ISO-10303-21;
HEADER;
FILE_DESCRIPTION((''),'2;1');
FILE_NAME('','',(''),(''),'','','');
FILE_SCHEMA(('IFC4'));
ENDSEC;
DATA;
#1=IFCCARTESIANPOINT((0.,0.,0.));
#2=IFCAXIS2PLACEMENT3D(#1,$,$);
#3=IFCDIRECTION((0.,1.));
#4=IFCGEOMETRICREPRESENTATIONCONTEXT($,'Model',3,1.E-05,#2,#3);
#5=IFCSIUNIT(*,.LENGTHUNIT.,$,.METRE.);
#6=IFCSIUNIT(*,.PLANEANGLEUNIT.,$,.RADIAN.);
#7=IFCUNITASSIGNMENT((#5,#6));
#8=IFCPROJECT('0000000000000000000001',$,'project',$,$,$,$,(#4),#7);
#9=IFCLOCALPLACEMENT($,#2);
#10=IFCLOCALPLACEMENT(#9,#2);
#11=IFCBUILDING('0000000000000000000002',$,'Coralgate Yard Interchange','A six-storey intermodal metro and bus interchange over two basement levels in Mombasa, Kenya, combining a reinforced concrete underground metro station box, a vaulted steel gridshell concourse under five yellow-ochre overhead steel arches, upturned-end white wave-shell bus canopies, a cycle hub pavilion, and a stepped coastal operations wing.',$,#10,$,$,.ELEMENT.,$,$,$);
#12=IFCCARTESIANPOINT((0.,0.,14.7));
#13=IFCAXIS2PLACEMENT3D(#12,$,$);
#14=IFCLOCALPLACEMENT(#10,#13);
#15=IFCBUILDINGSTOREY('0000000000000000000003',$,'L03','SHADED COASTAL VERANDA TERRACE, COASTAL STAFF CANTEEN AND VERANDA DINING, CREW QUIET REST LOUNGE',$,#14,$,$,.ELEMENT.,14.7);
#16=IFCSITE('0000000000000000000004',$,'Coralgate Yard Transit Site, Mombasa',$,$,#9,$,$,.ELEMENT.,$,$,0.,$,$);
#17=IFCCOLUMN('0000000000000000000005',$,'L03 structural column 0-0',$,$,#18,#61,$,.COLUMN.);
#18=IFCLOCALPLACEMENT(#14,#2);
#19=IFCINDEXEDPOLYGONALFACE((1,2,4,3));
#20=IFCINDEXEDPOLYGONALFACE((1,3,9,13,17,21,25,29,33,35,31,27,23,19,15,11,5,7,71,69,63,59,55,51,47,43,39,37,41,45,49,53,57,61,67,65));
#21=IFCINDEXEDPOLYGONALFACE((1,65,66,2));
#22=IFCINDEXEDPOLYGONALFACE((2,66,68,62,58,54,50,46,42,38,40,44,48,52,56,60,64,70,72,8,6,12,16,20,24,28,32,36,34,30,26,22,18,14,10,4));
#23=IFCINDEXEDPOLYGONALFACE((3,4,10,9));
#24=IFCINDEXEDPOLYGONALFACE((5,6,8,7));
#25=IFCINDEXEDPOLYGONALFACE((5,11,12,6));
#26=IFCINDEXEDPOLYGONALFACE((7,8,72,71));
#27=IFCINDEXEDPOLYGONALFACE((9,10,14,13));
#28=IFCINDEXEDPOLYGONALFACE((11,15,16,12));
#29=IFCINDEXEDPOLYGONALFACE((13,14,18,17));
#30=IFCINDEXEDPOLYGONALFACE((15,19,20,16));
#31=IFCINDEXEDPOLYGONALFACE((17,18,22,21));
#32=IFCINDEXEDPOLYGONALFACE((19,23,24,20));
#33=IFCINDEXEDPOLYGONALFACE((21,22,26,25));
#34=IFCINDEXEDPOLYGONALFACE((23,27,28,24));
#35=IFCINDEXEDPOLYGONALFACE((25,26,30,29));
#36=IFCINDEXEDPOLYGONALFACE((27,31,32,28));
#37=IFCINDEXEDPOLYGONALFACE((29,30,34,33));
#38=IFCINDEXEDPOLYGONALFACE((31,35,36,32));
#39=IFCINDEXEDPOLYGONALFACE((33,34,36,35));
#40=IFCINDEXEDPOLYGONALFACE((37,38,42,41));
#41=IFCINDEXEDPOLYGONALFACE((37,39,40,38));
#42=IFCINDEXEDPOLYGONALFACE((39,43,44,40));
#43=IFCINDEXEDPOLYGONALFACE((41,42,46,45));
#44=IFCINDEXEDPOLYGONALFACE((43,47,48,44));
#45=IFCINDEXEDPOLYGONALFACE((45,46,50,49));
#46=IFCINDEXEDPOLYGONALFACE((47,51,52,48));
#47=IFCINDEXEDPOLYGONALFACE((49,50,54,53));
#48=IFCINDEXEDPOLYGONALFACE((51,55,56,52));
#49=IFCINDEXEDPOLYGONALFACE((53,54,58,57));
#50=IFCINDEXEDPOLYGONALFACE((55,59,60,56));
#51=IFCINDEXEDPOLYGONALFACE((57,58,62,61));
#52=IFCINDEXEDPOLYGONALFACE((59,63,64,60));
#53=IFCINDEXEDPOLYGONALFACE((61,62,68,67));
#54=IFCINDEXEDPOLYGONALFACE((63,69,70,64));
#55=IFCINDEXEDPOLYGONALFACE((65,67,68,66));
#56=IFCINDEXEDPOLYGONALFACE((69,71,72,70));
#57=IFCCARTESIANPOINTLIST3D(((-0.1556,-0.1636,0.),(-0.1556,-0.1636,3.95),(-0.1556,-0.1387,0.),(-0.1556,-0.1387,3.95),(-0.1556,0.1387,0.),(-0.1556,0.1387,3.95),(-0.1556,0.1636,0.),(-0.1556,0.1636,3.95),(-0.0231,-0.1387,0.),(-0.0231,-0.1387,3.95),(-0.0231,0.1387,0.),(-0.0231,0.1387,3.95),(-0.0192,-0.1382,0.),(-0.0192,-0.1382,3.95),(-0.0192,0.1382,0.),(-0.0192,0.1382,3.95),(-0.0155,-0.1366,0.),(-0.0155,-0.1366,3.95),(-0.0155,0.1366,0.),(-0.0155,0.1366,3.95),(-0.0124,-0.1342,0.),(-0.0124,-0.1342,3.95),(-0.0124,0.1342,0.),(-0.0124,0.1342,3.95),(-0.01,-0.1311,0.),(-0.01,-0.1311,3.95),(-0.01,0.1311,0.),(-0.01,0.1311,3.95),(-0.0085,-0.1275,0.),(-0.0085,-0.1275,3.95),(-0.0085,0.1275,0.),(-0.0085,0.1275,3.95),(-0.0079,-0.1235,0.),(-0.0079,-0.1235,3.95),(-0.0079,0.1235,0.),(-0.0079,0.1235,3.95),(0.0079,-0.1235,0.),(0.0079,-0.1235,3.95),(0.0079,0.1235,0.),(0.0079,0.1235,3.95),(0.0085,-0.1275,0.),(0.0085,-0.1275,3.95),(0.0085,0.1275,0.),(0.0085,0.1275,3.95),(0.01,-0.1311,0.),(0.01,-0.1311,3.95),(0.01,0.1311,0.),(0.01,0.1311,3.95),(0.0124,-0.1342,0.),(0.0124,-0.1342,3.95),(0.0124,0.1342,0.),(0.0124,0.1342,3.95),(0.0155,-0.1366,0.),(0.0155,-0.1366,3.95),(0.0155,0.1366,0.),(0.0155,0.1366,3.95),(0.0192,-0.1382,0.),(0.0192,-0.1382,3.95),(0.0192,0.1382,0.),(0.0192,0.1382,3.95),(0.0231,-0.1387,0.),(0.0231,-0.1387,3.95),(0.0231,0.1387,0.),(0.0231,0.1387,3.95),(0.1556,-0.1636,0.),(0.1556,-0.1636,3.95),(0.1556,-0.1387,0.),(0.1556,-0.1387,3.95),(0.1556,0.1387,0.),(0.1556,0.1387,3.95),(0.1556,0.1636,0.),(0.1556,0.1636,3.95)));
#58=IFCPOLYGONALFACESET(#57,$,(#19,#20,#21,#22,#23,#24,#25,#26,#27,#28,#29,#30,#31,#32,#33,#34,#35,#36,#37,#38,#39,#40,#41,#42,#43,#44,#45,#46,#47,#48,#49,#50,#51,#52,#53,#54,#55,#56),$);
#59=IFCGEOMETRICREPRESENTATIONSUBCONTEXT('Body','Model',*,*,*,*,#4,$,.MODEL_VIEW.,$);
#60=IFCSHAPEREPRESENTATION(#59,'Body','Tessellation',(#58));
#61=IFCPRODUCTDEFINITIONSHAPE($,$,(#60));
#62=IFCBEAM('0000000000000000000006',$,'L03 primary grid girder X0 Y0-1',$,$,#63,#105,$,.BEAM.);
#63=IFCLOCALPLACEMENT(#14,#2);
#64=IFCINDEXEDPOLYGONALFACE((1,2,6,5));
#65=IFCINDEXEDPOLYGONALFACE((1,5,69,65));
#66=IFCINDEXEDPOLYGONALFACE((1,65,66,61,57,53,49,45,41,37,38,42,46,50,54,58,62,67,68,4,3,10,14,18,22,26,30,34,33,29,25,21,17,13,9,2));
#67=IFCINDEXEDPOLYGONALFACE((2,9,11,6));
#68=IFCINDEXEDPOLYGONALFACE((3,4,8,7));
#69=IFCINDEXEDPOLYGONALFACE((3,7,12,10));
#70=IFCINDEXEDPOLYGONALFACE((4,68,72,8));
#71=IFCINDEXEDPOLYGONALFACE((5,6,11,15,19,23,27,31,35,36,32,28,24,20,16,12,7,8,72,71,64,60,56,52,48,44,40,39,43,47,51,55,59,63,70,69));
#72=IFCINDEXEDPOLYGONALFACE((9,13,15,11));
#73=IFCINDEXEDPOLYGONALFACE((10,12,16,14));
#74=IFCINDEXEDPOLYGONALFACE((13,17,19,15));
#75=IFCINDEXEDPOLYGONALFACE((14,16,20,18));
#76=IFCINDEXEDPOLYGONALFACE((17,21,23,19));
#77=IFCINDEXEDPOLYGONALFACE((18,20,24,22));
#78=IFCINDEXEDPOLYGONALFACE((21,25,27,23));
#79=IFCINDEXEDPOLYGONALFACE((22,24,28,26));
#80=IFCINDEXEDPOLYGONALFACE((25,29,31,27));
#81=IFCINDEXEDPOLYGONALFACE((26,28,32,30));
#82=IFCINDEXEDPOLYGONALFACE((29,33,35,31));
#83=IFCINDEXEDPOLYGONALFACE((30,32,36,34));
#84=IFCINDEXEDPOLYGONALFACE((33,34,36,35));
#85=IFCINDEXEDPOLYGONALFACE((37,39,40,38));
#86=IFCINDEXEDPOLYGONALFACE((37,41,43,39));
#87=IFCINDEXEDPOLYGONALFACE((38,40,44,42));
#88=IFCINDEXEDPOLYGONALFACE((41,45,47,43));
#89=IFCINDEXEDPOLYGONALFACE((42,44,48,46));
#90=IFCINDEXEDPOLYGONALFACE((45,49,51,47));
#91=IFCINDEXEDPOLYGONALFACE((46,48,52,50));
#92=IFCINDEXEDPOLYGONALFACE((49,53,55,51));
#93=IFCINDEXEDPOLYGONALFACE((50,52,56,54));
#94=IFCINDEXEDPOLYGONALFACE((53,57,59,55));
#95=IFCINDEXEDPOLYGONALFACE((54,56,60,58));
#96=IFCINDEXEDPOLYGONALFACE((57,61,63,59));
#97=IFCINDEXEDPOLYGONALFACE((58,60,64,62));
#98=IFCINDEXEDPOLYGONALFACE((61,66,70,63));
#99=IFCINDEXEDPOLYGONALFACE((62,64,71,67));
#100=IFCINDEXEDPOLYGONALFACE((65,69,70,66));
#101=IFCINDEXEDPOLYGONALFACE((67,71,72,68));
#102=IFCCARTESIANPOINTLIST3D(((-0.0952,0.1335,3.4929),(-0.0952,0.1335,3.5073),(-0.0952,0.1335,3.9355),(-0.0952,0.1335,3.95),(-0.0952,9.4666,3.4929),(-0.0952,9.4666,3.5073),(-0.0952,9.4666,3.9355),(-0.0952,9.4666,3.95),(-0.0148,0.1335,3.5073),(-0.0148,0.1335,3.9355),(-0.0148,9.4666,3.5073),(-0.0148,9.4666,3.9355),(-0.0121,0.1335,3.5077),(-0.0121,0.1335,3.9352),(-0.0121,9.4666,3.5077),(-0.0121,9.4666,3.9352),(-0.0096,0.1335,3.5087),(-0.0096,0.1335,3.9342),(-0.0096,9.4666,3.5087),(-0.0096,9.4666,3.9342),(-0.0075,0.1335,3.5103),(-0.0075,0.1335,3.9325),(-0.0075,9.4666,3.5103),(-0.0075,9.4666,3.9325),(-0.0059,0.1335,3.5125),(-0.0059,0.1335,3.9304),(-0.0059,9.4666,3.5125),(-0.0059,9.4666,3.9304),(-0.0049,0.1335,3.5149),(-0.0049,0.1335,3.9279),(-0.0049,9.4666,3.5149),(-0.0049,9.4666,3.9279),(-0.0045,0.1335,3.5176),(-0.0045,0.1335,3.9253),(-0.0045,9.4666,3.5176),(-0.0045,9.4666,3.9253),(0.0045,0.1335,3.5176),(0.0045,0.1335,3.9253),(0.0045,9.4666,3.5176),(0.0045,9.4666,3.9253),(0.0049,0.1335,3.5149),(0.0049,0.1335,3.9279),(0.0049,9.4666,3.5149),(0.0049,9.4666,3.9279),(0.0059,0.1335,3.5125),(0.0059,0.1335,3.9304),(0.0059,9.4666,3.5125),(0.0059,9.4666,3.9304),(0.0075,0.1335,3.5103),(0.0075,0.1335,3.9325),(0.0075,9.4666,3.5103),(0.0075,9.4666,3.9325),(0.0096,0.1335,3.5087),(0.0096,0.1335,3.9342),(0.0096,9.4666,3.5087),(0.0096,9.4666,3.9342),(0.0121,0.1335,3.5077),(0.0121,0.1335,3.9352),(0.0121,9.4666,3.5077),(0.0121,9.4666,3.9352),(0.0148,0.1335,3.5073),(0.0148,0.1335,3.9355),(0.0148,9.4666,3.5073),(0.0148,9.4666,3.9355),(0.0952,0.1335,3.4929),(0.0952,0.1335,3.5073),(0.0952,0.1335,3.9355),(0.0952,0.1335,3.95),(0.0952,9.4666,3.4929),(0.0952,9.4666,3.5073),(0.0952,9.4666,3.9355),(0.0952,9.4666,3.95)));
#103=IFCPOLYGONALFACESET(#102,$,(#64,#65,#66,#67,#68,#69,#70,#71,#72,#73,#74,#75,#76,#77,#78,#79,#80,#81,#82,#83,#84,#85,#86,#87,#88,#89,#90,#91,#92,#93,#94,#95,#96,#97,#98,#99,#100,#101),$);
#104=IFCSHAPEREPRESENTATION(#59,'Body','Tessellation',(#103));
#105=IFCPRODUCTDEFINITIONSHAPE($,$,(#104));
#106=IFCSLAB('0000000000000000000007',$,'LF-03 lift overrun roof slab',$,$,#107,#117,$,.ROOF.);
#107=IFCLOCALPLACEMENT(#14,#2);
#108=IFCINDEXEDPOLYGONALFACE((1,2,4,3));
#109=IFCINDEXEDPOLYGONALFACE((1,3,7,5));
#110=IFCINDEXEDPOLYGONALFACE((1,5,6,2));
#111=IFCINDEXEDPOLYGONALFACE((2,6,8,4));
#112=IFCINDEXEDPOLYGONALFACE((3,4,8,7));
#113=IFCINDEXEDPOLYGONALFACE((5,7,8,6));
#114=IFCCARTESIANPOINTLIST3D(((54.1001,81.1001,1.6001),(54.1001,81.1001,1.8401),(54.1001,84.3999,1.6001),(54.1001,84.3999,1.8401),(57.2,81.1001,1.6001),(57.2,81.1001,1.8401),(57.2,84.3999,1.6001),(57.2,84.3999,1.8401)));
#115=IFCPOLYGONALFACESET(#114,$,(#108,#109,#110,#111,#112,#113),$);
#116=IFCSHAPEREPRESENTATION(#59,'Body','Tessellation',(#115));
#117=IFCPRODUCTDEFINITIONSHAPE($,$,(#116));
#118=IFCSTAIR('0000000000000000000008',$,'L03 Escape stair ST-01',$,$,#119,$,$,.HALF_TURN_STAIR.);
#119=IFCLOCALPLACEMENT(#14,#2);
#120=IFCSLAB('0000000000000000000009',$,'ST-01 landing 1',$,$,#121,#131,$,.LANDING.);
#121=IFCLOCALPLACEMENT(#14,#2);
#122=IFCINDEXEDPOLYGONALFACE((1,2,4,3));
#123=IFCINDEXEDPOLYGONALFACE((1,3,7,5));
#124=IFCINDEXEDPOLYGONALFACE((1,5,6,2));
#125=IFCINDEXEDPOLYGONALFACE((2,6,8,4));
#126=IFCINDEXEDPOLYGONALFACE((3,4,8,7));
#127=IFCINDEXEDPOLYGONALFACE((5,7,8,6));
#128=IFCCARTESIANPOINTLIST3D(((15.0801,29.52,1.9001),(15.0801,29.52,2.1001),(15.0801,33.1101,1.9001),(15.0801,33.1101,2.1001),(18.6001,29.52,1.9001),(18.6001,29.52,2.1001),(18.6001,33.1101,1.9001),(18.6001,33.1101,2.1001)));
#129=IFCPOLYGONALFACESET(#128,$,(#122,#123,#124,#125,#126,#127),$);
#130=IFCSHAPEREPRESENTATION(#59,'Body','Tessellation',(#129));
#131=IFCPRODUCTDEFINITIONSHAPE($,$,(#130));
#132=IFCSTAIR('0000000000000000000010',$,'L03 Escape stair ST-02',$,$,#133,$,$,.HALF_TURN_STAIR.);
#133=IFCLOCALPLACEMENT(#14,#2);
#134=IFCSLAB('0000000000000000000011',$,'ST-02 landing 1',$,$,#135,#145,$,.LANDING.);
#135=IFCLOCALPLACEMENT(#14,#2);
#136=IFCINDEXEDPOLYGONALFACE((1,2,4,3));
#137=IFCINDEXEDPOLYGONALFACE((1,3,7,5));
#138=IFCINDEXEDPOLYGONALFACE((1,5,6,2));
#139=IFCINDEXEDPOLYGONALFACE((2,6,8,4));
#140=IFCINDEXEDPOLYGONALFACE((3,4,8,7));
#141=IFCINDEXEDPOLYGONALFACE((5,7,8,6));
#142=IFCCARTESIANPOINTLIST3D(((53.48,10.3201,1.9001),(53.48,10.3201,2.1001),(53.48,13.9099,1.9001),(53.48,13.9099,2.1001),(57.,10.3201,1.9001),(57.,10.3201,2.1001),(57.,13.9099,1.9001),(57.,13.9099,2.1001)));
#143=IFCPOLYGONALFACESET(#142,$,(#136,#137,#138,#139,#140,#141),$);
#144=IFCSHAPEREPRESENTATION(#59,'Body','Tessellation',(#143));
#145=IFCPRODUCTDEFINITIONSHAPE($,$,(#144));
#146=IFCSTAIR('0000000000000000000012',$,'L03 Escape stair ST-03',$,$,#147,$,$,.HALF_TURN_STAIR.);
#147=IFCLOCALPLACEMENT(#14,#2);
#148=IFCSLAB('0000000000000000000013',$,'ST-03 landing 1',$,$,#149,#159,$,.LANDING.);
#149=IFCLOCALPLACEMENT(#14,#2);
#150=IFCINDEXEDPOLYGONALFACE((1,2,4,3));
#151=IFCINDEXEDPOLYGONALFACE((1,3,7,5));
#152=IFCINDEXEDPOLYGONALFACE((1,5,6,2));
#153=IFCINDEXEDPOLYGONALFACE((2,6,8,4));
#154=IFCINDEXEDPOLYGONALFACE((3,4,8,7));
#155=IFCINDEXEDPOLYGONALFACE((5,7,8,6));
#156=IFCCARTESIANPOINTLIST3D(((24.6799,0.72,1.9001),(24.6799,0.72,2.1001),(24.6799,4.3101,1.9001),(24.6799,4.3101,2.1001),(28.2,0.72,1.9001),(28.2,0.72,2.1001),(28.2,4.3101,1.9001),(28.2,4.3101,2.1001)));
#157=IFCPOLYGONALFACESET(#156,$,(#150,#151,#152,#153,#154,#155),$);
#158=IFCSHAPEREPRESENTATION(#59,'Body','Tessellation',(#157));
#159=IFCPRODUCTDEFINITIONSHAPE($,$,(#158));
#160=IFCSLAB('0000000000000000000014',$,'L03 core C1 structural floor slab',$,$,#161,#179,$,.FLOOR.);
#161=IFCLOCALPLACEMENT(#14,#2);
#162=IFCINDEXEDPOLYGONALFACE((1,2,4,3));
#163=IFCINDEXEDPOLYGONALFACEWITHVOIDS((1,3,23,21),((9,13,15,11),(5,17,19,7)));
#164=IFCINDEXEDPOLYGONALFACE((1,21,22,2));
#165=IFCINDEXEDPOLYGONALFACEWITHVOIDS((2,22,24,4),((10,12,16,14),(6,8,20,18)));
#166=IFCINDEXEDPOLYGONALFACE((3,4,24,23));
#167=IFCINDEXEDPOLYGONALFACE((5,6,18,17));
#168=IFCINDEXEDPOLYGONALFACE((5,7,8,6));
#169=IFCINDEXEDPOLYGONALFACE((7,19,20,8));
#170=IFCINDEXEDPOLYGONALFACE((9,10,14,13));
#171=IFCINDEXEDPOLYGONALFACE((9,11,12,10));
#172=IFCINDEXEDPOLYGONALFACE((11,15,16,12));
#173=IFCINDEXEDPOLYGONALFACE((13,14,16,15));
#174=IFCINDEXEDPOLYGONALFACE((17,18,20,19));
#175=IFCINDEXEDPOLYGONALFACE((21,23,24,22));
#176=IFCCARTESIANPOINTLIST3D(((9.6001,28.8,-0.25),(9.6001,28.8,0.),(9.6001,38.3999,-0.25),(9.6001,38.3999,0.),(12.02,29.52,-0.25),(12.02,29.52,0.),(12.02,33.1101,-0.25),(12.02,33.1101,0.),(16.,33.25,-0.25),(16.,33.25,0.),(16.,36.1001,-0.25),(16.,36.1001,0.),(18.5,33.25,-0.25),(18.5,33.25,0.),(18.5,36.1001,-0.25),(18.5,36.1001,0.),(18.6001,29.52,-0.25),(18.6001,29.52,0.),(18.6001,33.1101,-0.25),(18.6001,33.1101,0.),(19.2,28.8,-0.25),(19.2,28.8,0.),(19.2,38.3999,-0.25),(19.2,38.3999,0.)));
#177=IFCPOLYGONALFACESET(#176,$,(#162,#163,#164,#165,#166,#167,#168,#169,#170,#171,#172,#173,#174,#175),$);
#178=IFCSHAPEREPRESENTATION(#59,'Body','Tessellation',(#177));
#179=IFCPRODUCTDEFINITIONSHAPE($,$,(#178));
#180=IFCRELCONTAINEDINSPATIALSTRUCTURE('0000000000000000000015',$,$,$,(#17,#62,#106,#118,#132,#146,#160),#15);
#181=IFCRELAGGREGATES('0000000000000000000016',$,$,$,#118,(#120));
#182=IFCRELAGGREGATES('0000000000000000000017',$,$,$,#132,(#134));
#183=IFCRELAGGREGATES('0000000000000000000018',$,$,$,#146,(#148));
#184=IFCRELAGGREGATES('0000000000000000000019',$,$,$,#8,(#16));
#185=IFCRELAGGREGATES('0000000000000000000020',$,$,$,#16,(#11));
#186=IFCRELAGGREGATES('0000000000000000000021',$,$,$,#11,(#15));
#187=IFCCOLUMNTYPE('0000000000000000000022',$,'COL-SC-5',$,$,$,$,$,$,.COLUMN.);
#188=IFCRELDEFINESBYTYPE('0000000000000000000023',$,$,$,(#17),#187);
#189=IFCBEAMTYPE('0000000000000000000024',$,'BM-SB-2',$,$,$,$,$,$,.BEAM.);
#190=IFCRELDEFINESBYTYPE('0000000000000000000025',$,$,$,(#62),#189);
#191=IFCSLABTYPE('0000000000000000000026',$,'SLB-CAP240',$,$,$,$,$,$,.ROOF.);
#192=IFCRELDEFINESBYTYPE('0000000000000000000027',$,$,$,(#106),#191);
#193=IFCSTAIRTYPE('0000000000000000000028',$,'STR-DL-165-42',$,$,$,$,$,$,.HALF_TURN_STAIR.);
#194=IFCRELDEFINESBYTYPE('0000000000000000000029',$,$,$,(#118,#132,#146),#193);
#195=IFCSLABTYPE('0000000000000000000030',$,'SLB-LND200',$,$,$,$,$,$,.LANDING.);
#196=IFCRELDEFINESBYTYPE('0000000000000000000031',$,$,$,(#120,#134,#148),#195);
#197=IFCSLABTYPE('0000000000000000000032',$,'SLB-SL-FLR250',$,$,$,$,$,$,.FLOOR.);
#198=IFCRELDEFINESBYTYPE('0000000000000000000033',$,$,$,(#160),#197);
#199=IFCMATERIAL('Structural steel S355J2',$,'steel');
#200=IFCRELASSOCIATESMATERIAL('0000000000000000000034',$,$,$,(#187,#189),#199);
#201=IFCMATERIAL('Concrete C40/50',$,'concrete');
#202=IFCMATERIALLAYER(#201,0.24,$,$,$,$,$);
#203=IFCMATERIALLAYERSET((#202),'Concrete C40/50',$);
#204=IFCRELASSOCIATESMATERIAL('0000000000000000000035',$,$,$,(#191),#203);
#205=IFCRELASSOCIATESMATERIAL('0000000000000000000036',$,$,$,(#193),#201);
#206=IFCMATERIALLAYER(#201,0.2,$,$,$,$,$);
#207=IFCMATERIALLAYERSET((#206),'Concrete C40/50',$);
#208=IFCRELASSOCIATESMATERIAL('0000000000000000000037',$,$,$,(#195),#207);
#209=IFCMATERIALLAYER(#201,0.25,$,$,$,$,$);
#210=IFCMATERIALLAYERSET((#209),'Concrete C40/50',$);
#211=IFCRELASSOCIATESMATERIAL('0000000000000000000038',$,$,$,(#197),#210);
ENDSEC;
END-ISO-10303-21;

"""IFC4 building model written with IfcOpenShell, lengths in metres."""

from ifc_helpers import new_model, si_unit, direction, frame, origin, origin_with_axes, origin_2d, place, context, subcontext, project, spatial, polyline, i_section, outline, extrude, material, layer, layer_set, material_profile, profile_set, type_object, element, aggregate, save


model = new_model("IFC4")

# Units and contexts
model_context = context("Model", 3, precision=1e-05, world=origin(), true_north=direction((0.0, 1.0)))
body_context = subcontext(model_context, "Body", "Model", "MODEL_VIEW")
ifc_project = project(units=[si_unit("LENGTHUNIT", "METRE"), si_unit("PLANEANGLEUNIT", "RADIAN")], contexts=[model_context])

# Site, building, storey
site_placement = place(None, origin())
site = spatial("IfcSite", under=ifc_project, at=site_placement, Name="Coralgate Yard Transit Site, Mombasa", CompositionType="ELEMENT", RefElevation=0.0)
building_placement = place(site_placement, origin())
building = spatial("IfcBuilding", under=site, at=building_placement, Name="Coralgate Yard Interchange", Description="A six-storey intermodal metro and bus interchange over two basement levels in Mombasa, Kenya, combining a reinforced concrete underground metro station box, a vaulted steel gridshell concourse under five yellow-ochre overhead steel arches, upturned-end white wave-shell bus canopies, a cycle hub pavilion, and a stepped coastal operations wing.", CompositionType="ELEMENT")
storey_placement = place(building_placement, frame((0.0, 0.0, 14.7)))
storey = spatial("IfcBuildingStorey", under=building, at=storey_placement, Name="L03", Description="SHADED COASTAL VERANDA TERRACE, COASTAL STAFF CANTEEN AND VERANDA DINING, CREW QUIET REST LOUNGE", CompositionType="ELEMENT", Elevation=14.7)

# Column
ifc_material_1 = material(Name="Structural steel S355J2", Category="steel")
ifc_material_profile_1 = material_profile(ifc_material_1, i_section(OverallWidth=0.3113, OverallDepth=0.3271, WebThickness=0.0159, FlangeThickness=0.0249, FilletRadius=0.0151, at=origin_2d()), Name="UC 305x305x158")
ifc_profile_set_1 = profile_set([ifc_material_profile_1], Name="Structural steel S355J2")
column_type = type_object("IfcColumnType", Name="COL-SC-5", PredefinedType="COLUMN", material=ifc_profile_set_1)
column_placement = place(storey_placement, origin_with_axes())
element("IfcColumn", 1, at=column_placement, inside=storey, type_object=column_type, Name="L03 structural column 0-0", PredefinedType="COLUMN", context=body_context, shape_type="SweptSolid", body=[
    extrude(i_section(OverallWidth=0.3113, OverallDepth=0.3271, WebThickness=0.0159, FlangeThickness=0.0249, FilletRadius=0.0151, at=origin_2d()), origin(), (0.0, 0.0, 1.0), 3.95),
])

# Beam
ifc_material_profile_2 = material_profile(ifc_material_1, i_section(OverallWidth=0.1904, OverallDepth=0.457, WebThickness=0.009, FlangeThickness=0.0144, FilletRadius=0.0103, at=origin_2d()), Name="UB 457x191x74")
ifc_profile_set_2 = profile_set([ifc_material_profile_2], Name="Structural steel S355J2")
beam_type = type_object("IfcBeamType", Name="BM-SB-2", PredefinedType="BEAM", material=ifc_profile_set_2)
beam_placement = place(storey_placement, frame((0.0, 0.1335, 3.7214), z_axis=(0.0, 1.0, 0.0), x_axis=(-1.0, 0.0, 0.0)))
element("IfcBeam", 2, at=beam_placement, inside=storey, type_object=beam_type, Name="L03 primary grid girder X0 Y0-1", PredefinedType="BEAM", context=body_context, shape_type="SweptSolid", body=[
    extrude(i_section(OverallWidth=0.1904, OverallDepth=0.457, WebThickness=0.009, FlangeThickness=0.0144, FilletRadius=0.0103, at=origin_2d()), origin(), (0.0, 0.0, 1.0), 9.333),
])

# Slab
ifc_material_2 = material(Name="Concrete C40/50", Category="concrete")
ifc_layer_1 = layer(ifc_material_2, 0.24)
ifc_layer_set_1 = layer_set([ifc_layer_1], Name="Concrete C40/50")
slab_type_1 = type_object("IfcSlabType", Name="SLB-CAP240", PredefinedType="ROOF", material=ifc_layer_set_1)
slab_1_placement = place(storey_placement, frame((0.0, 0.0, 1.6001)))
element("IfcSlab", 3, at=slab_1_placement, inside=storey, type_object=slab_type_1, Name="LF-03 lift overrun roof slab", PredefinedType="ROOF", context=body_context, shape_type="SweptSolid", body=[
    extrude(outline(polyline([(54.1001, 81.1001), (57.2, 81.1001), (57.2, 84.3999), (54.1001, 84.3999), (54.1001, 81.1001)])), origin(), (0.0, 0.0, 1.0), 0.24),
])

# Stairs, slabs
stair_type = type_object("IfcStairType", Name="STR-DL-165-42", PredefinedType="HALF_TURN_STAIR", material=ifc_material_2)
stair_1_placement = place(storey_placement, origin())
stair_1 = element("IfcStair", 4, at=stair_1_placement, inside=storey, type_object=stair_type, Name="L03 Escape stair ST-01", PredefinedType="HALF_TURN_STAIR")
ifc_layer_2 = layer(ifc_material_2, 0.2)
ifc_layer_set_2 = layer_set([ifc_layer_2], Name="Concrete C40/50")
slab_type_2 = type_object("IfcSlabType", Name="SLB-LND200", PredefinedType="LANDING", material=ifc_layer_set_2)
slab_2_placement = place(storey_placement, frame((0.0, 0.0, 1.9001)))
slab_2 = element("IfcSlab", 5, at=slab_2_placement, type_object=slab_type_2, Name="ST-01 landing 1", PredefinedType="LANDING", context=body_context, shape_type="SweptSolid", body=[
    extrude(outline(polyline([(15.0801, 29.52), (18.6001, 29.52), (18.6001, 33.1101), (15.0801, 33.1101), (15.0801, 29.52)])), origin(), (0.0, 0.0, 1.0), 0.2),
])
aggregate(stair_1, [slab_2])
stair_2_placement = place(storey_placement, origin())
stair_2 = element("IfcStair", 6, at=stair_2_placement, inside=storey, type_object=stair_type, Name="L03 Escape stair ST-02", PredefinedType="HALF_TURN_STAIR")
slab_3_placement = place(storey_placement, frame((0.0, 0.0, 1.9001)))
slab_3 = element("IfcSlab", 7, at=slab_3_placement, type_object=slab_type_2, Name="ST-02 landing 1", PredefinedType="LANDING", context=body_context, shape_type="SweptSolid", body=[
    extrude(outline(polyline([(53.48, 10.3201), (57.0, 10.3201), (57.0, 13.9099), (53.48, 13.9099), (53.48, 10.3201)])), origin(), (0.0, 0.0, 1.0), 0.2),
])
aggregate(stair_2, [slab_3])
stair_3_placement = place(storey_placement, origin())
stair_3 = element("IfcStair", 8, at=stair_3_placement, inside=storey, type_object=stair_type, Name="L03 Escape stair ST-03", PredefinedType="HALF_TURN_STAIR")
slab_4_placement = place(storey_placement, frame((0.0, 0.0, 1.9001)))
slab_4 = element("IfcSlab", 9, at=slab_4_placement, type_object=slab_type_2, Name="ST-03 landing 1", PredefinedType="LANDING", context=body_context, shape_type="SweptSolid", body=[
    extrude(outline(polyline([(24.6799, 0.72), (28.2, 0.72), (28.2, 4.3101), (24.6799, 4.3101), (24.6799, 0.72)])), origin(), (0.0, 0.0, 1.0), 0.2),
])
aggregate(stair_3, [slab_4])

# Slab
ifc_layer_3 = layer(ifc_material_2, 0.25)
ifc_layer_set_3 = layer_set([ifc_layer_3], Name="Concrete C40/50")
slab_type_3 = type_object("IfcSlabType", Name="SLB-SL-FLR250", PredefinedType="FLOOR", material=ifc_layer_set_3)
slab_5_placement = place(storey_placement, frame((0.0, 0.0, -0.25)))
element("IfcSlab", 10, at=slab_5_placement, inside=storey, type_object=slab_type_3, Name="L03 core C1 structural floor slab", PredefinedType="FLOOR", context=body_context, shape_type="SweptSolid", body=[
    extrude(outline(polyline([(19.2, 38.3999), (19.2, 28.8), (9.6001, 28.8), (9.6001, 38.3999), (19.2, 38.3999)]), holes=[polyline([(18.6001, 33.1101), (12.02, 33.1101), (12.02, 29.52), (18.6001, 29.52), (18.6001, 33.1101)]), polyline([(18.5, 33.25), (18.5, 36.1001), (16.0, 36.1001), (16.0, 33.25), (18.5, 33.25)])]), origin(), (0.0, 0.0, 1.0), 0.25),
])

save(model, "model.ifc")
